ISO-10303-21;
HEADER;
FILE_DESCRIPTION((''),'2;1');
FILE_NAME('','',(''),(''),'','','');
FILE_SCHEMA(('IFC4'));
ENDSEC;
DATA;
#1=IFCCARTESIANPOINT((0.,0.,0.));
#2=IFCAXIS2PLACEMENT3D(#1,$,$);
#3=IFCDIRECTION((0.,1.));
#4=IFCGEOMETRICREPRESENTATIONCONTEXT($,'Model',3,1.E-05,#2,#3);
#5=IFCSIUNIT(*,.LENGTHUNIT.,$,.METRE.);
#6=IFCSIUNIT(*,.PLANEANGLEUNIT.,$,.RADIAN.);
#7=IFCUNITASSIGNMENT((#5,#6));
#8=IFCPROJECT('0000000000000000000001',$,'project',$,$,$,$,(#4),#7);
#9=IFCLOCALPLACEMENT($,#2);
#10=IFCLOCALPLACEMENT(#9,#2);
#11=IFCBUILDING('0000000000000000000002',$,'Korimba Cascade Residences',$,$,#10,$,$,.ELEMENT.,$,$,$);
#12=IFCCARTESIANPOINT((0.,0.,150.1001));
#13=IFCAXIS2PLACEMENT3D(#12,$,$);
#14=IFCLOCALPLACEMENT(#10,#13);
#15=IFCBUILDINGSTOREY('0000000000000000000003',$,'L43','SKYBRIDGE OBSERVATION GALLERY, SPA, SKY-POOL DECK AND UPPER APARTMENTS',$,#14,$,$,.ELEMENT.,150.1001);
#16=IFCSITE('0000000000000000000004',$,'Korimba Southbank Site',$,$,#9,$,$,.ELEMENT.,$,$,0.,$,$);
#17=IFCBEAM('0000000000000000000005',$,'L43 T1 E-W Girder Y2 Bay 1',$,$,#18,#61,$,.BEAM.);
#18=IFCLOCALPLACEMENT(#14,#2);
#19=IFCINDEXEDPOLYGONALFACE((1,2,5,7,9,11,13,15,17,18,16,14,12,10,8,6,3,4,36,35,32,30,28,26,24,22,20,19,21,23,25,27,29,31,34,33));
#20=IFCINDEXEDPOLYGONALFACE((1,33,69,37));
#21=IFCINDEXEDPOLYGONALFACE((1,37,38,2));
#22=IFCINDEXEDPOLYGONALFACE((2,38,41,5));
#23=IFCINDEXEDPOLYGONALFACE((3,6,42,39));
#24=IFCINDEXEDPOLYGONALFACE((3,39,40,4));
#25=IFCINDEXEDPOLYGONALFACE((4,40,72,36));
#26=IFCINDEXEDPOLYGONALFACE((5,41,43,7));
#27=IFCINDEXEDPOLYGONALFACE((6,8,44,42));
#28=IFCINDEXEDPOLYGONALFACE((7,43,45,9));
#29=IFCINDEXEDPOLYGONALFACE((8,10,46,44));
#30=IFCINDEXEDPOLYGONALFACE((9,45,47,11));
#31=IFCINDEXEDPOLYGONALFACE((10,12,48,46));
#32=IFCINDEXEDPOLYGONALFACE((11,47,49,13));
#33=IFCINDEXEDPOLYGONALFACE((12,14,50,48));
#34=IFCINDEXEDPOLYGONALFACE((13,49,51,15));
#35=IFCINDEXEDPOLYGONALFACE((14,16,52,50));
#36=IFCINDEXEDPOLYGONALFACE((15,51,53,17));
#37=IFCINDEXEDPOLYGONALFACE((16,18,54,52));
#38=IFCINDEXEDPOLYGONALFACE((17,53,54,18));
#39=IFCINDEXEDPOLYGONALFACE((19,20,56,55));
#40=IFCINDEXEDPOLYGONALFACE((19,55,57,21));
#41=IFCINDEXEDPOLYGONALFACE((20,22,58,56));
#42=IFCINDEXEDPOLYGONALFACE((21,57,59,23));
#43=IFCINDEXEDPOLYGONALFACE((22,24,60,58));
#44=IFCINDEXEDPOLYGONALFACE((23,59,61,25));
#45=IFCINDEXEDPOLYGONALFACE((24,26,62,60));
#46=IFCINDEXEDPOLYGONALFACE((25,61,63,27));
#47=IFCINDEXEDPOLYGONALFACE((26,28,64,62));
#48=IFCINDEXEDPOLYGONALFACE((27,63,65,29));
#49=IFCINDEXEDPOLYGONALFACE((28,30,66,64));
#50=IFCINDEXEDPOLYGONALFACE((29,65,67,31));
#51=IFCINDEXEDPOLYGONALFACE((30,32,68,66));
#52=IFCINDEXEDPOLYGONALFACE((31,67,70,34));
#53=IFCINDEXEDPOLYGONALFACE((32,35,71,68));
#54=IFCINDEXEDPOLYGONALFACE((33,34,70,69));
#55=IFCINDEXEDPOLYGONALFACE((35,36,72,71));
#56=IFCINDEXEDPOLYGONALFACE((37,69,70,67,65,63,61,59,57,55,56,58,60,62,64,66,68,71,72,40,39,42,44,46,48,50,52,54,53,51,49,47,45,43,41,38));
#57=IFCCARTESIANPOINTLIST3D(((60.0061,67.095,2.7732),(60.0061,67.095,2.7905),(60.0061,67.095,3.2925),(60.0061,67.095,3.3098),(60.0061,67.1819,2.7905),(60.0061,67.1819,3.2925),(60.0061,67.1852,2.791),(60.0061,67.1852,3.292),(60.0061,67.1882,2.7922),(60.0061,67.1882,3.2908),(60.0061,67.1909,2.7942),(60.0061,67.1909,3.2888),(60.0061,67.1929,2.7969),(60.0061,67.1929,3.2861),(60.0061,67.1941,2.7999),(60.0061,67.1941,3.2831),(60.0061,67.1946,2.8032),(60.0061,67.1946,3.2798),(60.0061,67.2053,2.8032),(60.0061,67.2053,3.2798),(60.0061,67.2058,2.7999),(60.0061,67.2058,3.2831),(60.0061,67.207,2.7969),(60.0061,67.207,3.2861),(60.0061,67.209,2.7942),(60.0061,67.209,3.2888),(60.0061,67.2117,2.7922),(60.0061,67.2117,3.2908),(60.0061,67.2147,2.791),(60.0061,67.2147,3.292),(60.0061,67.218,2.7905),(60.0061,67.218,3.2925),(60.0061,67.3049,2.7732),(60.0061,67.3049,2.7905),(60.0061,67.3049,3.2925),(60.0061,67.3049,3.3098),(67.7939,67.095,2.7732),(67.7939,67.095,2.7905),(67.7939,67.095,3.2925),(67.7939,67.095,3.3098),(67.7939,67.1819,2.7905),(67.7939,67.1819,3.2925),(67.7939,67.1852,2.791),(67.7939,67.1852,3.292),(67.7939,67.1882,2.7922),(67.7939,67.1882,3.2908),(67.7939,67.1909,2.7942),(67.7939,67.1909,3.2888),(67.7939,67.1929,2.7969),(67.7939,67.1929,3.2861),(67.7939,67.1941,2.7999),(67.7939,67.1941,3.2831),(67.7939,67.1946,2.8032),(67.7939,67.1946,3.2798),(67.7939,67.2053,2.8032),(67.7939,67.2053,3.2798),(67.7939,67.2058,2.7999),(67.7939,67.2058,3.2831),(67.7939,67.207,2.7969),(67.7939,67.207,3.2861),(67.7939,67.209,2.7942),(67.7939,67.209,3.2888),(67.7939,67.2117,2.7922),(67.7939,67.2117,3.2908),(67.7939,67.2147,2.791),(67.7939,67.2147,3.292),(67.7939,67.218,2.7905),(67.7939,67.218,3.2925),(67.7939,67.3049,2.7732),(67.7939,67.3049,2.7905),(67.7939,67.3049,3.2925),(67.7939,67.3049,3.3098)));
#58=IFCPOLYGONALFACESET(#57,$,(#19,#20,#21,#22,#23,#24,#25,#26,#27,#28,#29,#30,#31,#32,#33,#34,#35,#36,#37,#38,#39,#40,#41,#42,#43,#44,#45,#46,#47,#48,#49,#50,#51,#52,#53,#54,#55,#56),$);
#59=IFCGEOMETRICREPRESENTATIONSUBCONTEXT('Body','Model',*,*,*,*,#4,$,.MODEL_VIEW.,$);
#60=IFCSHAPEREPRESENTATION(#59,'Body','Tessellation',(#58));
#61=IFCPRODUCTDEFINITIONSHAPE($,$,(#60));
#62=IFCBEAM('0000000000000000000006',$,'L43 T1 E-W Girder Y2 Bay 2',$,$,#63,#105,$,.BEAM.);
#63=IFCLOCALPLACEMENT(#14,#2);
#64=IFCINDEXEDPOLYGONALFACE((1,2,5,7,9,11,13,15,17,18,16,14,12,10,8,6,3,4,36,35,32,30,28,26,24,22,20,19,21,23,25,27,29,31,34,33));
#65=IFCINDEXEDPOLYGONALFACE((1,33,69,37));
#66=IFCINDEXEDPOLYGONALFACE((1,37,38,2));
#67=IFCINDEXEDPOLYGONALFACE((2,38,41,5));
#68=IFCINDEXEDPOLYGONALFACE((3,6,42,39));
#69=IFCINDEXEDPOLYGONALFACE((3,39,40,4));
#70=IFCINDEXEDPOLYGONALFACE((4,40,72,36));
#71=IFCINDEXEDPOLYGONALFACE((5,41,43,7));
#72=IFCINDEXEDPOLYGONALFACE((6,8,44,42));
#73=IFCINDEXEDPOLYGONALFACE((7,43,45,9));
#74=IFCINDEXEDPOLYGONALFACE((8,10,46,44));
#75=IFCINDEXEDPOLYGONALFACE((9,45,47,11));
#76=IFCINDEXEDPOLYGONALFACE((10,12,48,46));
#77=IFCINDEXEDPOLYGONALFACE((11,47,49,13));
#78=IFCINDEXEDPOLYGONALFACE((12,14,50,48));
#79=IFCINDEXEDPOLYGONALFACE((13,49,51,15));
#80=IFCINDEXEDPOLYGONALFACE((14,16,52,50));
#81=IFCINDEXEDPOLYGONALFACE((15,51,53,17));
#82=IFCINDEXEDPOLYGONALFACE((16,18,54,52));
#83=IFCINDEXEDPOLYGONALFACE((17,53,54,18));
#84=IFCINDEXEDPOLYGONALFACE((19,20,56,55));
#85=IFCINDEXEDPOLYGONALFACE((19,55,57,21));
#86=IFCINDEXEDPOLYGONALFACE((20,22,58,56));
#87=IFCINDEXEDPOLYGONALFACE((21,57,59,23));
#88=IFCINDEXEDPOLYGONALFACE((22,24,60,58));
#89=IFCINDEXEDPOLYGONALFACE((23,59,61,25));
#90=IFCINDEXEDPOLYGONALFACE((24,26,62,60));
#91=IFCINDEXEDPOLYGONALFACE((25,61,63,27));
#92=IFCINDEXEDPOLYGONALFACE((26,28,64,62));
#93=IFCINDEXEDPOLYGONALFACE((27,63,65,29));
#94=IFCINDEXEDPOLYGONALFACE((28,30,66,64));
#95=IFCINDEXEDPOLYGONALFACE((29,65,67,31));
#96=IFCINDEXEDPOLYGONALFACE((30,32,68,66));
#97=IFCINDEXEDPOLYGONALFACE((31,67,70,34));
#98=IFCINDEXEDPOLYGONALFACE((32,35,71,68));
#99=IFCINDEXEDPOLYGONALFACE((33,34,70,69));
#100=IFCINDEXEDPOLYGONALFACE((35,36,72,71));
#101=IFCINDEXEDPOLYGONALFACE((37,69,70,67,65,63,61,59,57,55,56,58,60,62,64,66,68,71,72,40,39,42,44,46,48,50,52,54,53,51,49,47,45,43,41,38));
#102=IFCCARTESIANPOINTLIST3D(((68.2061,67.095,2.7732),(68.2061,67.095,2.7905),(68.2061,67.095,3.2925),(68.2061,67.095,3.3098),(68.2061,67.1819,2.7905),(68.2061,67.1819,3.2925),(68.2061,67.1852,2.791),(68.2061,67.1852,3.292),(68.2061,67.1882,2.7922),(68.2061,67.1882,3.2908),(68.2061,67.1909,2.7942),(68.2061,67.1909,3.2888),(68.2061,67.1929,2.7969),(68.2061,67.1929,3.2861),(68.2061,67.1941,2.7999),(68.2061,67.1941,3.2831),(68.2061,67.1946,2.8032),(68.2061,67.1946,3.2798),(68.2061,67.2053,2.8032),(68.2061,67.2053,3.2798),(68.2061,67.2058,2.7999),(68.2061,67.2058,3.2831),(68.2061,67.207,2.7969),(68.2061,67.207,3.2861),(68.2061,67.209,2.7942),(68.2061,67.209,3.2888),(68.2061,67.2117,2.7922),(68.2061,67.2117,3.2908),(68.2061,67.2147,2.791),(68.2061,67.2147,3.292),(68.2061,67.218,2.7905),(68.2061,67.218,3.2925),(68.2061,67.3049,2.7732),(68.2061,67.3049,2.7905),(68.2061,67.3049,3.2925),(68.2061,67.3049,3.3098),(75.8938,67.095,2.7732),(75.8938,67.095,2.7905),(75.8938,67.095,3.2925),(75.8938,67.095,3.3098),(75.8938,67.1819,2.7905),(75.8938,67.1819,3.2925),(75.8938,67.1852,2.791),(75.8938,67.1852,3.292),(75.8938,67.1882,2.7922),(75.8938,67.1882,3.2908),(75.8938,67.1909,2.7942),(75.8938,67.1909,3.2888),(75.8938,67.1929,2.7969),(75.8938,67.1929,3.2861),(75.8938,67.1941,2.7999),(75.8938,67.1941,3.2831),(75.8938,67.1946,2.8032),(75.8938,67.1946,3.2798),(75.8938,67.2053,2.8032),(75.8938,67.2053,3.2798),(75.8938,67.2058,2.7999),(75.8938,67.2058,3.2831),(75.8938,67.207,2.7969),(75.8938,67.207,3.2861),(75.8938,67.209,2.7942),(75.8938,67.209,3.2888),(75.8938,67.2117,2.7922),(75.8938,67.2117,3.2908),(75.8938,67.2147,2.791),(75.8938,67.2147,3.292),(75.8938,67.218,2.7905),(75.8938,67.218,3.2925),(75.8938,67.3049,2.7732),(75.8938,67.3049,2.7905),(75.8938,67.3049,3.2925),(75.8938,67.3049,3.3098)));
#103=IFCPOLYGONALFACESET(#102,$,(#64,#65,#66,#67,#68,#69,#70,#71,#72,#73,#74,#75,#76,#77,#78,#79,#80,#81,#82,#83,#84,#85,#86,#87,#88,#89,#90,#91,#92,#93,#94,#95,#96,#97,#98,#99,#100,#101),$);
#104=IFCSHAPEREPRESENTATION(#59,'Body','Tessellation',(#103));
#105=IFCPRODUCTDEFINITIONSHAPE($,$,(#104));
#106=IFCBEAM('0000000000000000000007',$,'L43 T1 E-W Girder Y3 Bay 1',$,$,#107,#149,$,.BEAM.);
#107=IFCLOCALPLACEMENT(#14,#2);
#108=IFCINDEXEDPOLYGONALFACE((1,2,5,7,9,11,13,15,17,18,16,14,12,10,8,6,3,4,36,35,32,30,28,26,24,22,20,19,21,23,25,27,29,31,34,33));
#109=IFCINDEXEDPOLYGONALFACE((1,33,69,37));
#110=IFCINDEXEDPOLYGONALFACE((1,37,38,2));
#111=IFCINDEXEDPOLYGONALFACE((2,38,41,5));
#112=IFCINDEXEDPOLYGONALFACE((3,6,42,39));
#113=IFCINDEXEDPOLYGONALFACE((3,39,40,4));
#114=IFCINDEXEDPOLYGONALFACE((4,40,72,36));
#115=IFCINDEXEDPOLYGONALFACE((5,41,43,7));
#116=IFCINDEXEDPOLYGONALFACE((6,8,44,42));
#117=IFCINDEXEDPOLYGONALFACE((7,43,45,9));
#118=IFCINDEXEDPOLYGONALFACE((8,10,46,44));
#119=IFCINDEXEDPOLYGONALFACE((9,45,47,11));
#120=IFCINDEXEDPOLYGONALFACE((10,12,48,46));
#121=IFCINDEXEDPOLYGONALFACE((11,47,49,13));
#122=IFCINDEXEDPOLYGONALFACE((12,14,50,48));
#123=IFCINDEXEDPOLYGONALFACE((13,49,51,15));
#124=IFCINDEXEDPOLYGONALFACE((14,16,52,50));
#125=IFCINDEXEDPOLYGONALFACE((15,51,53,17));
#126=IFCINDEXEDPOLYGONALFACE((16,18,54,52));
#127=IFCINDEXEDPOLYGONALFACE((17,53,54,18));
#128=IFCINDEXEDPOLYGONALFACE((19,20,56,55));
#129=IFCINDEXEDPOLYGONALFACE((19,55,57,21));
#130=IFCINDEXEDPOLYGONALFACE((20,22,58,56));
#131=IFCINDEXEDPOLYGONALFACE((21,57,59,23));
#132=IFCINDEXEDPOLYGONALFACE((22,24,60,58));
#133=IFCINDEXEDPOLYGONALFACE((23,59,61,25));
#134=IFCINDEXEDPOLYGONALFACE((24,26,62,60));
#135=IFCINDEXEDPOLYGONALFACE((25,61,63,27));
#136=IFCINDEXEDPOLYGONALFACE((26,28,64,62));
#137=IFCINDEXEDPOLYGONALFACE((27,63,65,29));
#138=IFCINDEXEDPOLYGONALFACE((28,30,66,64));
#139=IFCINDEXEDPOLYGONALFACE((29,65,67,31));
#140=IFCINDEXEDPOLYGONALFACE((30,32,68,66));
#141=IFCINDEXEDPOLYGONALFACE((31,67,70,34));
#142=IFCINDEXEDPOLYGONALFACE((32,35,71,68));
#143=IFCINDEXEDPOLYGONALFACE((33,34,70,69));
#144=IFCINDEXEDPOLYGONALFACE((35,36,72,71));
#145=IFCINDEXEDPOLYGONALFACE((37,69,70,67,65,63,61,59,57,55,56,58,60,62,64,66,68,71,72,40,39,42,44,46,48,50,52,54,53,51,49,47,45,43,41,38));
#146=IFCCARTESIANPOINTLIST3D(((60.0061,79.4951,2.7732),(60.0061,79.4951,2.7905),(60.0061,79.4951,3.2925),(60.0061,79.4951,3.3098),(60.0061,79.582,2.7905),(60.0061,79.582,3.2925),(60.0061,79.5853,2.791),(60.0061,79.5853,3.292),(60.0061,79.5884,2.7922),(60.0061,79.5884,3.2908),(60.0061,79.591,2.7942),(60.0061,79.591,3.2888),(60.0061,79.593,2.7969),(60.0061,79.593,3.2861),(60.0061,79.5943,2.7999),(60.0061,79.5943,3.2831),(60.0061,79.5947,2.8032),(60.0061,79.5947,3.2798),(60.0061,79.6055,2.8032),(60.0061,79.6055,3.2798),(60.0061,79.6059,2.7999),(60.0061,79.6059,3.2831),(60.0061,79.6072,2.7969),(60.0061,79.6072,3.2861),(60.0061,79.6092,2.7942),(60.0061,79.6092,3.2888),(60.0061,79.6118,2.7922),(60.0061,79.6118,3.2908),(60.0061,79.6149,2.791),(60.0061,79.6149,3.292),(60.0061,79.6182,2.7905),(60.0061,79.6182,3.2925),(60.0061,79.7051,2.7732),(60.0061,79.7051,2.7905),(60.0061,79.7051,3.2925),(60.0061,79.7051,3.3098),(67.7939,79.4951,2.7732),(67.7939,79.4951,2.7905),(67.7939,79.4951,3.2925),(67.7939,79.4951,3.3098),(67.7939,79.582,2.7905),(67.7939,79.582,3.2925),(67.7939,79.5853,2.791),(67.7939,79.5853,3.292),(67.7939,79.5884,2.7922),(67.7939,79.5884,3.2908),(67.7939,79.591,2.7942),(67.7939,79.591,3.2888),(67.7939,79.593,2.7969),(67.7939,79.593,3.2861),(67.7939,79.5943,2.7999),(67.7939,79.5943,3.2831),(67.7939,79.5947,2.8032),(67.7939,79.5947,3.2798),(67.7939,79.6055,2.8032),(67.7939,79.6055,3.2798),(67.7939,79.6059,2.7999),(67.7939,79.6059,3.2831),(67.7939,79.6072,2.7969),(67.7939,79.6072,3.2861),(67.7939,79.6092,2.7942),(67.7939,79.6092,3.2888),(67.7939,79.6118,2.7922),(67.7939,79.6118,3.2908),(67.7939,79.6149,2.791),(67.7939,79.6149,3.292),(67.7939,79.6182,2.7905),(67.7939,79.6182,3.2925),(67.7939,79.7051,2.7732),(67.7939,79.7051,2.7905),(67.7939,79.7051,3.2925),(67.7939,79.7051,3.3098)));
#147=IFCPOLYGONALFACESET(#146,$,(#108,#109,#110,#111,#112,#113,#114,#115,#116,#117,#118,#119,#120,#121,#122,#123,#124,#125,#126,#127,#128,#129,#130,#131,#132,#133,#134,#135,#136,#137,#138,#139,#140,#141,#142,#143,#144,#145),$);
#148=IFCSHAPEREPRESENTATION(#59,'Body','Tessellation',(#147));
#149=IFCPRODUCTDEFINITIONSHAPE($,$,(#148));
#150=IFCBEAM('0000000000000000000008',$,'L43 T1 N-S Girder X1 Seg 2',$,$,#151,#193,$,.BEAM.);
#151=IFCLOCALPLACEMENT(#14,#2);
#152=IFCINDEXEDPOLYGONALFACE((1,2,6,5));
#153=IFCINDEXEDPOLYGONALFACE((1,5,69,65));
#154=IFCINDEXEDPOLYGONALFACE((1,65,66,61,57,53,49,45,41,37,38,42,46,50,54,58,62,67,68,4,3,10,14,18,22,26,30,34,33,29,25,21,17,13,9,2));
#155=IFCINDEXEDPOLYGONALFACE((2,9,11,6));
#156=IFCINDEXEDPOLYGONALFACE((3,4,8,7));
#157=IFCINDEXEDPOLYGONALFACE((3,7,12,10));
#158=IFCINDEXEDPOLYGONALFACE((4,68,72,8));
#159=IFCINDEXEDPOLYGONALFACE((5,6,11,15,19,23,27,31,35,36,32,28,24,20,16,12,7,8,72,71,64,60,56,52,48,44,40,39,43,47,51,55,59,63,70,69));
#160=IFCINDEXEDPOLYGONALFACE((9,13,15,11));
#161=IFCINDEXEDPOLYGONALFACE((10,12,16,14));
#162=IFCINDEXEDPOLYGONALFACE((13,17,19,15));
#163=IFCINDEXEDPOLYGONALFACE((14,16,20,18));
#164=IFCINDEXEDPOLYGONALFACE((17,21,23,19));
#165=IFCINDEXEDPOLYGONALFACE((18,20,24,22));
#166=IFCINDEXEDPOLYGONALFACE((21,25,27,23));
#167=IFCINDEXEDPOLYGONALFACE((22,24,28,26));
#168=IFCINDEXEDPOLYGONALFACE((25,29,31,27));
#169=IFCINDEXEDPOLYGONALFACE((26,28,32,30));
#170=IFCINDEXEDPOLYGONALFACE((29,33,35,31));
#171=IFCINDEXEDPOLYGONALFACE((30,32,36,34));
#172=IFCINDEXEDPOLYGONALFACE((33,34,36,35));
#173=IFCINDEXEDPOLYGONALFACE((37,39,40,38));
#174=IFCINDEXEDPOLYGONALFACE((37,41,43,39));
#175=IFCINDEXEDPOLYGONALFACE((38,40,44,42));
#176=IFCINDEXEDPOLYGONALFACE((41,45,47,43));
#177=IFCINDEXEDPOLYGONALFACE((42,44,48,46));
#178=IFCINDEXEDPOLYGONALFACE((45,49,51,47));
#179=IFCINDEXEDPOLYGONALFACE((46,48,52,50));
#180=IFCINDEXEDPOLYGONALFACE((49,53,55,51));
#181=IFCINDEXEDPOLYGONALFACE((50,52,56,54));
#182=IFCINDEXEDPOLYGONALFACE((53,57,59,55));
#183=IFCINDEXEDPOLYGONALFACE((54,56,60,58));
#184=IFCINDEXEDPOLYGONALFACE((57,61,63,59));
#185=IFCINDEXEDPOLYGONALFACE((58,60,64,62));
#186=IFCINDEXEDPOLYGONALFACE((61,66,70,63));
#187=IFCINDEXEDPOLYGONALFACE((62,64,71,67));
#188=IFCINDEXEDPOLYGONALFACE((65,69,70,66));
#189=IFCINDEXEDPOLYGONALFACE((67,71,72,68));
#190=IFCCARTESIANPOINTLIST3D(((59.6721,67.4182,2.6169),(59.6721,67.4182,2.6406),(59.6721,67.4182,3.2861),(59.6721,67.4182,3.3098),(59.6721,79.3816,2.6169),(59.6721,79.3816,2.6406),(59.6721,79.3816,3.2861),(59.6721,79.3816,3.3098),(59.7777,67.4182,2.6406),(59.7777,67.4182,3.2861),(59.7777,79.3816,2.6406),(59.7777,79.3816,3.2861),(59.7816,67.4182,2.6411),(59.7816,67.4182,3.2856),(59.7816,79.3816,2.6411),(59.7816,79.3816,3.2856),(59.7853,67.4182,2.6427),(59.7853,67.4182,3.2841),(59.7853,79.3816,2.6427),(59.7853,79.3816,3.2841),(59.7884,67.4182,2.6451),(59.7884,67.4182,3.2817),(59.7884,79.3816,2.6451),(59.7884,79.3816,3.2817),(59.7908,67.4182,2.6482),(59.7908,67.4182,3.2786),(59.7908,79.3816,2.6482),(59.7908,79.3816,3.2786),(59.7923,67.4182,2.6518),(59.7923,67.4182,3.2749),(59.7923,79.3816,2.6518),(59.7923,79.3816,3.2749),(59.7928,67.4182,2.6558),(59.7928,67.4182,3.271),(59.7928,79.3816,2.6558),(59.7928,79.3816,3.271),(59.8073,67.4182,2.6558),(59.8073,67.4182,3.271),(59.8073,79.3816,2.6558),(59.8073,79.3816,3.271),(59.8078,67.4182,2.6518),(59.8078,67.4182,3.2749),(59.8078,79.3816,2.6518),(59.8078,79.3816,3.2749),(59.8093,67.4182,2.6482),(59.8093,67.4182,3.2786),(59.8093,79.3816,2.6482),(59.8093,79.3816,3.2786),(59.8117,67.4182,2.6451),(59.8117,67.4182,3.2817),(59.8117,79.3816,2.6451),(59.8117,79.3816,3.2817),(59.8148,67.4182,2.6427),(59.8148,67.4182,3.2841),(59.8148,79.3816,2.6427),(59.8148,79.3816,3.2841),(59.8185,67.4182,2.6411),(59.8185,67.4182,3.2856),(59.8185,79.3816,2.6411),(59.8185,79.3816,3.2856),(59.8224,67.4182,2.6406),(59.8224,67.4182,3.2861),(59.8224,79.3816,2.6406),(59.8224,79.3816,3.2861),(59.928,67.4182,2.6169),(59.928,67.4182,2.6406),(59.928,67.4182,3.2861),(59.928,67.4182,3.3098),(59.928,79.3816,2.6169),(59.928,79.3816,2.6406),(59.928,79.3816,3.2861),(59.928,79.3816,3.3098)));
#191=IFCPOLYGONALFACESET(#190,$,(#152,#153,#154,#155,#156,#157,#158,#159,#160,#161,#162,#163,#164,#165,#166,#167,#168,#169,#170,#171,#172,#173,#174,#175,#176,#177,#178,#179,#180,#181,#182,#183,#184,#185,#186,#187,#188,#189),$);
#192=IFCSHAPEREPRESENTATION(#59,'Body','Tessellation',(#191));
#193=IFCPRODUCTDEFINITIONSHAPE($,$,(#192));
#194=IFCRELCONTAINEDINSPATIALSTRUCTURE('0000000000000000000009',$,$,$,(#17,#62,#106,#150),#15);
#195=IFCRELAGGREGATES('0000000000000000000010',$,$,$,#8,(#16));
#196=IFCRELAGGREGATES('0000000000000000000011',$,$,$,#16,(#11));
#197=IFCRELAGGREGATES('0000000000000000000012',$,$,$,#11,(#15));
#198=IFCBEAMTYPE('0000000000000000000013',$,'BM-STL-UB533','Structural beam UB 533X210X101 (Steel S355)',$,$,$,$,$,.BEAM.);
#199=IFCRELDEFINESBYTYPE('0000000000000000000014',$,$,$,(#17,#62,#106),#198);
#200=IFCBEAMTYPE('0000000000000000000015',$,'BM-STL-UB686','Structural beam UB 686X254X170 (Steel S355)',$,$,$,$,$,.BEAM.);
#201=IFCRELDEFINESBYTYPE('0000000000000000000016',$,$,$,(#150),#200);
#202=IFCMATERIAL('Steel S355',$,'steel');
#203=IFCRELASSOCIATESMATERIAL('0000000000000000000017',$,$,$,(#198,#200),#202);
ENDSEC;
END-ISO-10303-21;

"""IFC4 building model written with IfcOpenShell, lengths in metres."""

from ifc_helpers import new_model, si_unit, direction, frame, origin, origin_2d, place, context, subcontext, project, spatial, i_section, extrude, material, material_profile, profile_set, type_object, element, save


model = new_model("IFC4")

# Units and contexts
model_context = context("Model", 3, precision=1e-05, world=origin(), true_north=direction((0.0, 1.0)))
body_context = subcontext(model_context, "Body", "Model", "MODEL_VIEW")
ifc_project = project(units=[si_unit("LENGTHUNIT", "METRE"), si_unit("PLANEANGLEUNIT", "RADIAN")], contexts=[model_context])

# Site, building, storey
site_placement = place(None, origin())
site = spatial("IfcSite", under=ifc_project, at=site_placement, Name="Korimba Southbank Site", CompositionType="ELEMENT", RefElevation=0.0)
building_placement = place(site_placement, origin())
building = spatial("IfcBuilding", under=site, at=building_placement, Name="Korimba Cascade Residences", CompositionType="ELEMENT")
storey_placement = place(building_placement, frame((0.0, 0.0, 150.1001)))
storey = spatial("IfcBuildingStorey", under=building, at=storey_placement, Name="L43", Description="SKYBRIDGE OBSERVATION GALLERY, SPA, SKY-POOL DECK AND UPPER APARTMENTS", CompositionType="ELEMENT", Elevation=150.1001)

# Beams
ifc_material_1 = material(Name="Steel S355", Category="steel")
ifc_material_profile_1 = material_profile(ifc_material_1, i_section(OverallWidth=0.21, OverallDepth=0.5366, WebThickness=0.0107, FlangeThickness=0.0173, FilletRadius=0.0127, at=origin_2d()), Name="Steel S355")
ifc_profile_set_1 = profile_set([ifc_material_profile_1], Name="Steel S355")
beam_type_1 = type_object("IfcBeamType", Name="BM-STL-UB533", Description="Structural beam UB 533X210X101 (Steel S355)", PredefinedType="BEAM", material=ifc_profile_set_1)
beam_1_placement = place(storey_placement, frame((60.0061, 67.2, 3.0415), z_axis=(1.0, 0.0, 0.0), x_axis=(0.0, 1.0, 0.0)))
element("IfcBeam", 1, at=beam_1_placement, inside=storey, type_object=beam_type_1, Name="L43 T1 E-W Girder Y2 Bay 1", PredefinedType="BEAM", context=body_context, shape_type="SweptSolid", body=[
    extrude(i_section(OverallWidth=0.21, OverallDepth=0.5366, WebThickness=0.0107, FlangeThickness=0.0173, FilletRadius=0.0127, at=origin_2d()), origin(), (0.0, 0.0, 1.0), 7.7878),
])
beam_2_placement = place(storey_placement, frame((68.2061, 67.2, 3.0415), z_axis=(1.0, 0.0, 0.0), x_axis=(0.0, 1.0, 0.0)))
element("IfcBeam", 2, at=beam_2_placement, inside=storey, type_object=beam_type_1, Name="L43 T1 E-W Girder Y2 Bay 2", PredefinedType="BEAM", context=body_context, shape_type="SweptSolid", body=[
    extrude(i_section(OverallWidth=0.21, OverallDepth=0.5366, WebThickness=0.0107, FlangeThickness=0.0173, FilletRadius=0.0127, at=origin_2d()), origin(), (0.0, 0.0, 1.0), 7.6877),
])
beam_3_placement = place(storey_placement, frame((60.0061, 79.6001, 3.0415), z_axis=(1.0, 0.0, 0.0), x_axis=(0.0, 1.0, 0.0)))
element("IfcBeam", 3, at=beam_3_placement, inside=storey, type_object=beam_type_1, Name="L43 T1 E-W Girder Y3 Bay 1", PredefinedType="BEAM", context=body_context, shape_type="SweptSolid", body=[
    extrude(i_section(OverallWidth=0.21, OverallDepth=0.5366, WebThickness=0.0107, FlangeThickness=0.0173, FilletRadius=0.0127, at=origin_2d()), origin(), (0.0, 0.0, 1.0), 7.7878),
])
ifc_material_profile_2 = material_profile(ifc_material_1, i_section(OverallWidth=0.2559, OverallDepth=0.6929, WebThickness=0.0144, FlangeThickness=0.0237, FilletRadius=0.0151, at=origin_2d()), Name="Steel S355")
ifc_profile_set_2 = profile_set([ifc_material_profile_2], Name="Steel S355")
beam_type_2 = type_object("IfcBeamType", Name="BM-STL-UB686", Description="Structural beam UB 686X254X170 (Steel S355)", PredefinedType="BEAM", material=ifc_profile_set_2)
for number, where, z_axis, x_axis, name in (
    (4, (59.8, 67.4182, 2.9634), (0.0, 1.0, 0.0), (-1.0, 0.0, 0.0), "L43 T1 N-S Girder X1 Seg 2"),
):
    element("IfcBeam", number, at=place(storey_placement, frame(where, z_axis=z_axis, x_axis=x_axis)), inside=storey, type_object=beam_type_2, Name=name, PredefinedType="BEAM", context=body_context, shape_type="SweptSolid", body=[
        extrude(i_section(OverallWidth=0.2559, OverallDepth=0.6929, WebThickness=0.0144, FlangeThickness=0.0237, FilletRadius=0.0151, at=origin_2d()), origin(), (0.0, 0.0, 1.0), 11.9634),
    ])

save(model, "model.ifc")
